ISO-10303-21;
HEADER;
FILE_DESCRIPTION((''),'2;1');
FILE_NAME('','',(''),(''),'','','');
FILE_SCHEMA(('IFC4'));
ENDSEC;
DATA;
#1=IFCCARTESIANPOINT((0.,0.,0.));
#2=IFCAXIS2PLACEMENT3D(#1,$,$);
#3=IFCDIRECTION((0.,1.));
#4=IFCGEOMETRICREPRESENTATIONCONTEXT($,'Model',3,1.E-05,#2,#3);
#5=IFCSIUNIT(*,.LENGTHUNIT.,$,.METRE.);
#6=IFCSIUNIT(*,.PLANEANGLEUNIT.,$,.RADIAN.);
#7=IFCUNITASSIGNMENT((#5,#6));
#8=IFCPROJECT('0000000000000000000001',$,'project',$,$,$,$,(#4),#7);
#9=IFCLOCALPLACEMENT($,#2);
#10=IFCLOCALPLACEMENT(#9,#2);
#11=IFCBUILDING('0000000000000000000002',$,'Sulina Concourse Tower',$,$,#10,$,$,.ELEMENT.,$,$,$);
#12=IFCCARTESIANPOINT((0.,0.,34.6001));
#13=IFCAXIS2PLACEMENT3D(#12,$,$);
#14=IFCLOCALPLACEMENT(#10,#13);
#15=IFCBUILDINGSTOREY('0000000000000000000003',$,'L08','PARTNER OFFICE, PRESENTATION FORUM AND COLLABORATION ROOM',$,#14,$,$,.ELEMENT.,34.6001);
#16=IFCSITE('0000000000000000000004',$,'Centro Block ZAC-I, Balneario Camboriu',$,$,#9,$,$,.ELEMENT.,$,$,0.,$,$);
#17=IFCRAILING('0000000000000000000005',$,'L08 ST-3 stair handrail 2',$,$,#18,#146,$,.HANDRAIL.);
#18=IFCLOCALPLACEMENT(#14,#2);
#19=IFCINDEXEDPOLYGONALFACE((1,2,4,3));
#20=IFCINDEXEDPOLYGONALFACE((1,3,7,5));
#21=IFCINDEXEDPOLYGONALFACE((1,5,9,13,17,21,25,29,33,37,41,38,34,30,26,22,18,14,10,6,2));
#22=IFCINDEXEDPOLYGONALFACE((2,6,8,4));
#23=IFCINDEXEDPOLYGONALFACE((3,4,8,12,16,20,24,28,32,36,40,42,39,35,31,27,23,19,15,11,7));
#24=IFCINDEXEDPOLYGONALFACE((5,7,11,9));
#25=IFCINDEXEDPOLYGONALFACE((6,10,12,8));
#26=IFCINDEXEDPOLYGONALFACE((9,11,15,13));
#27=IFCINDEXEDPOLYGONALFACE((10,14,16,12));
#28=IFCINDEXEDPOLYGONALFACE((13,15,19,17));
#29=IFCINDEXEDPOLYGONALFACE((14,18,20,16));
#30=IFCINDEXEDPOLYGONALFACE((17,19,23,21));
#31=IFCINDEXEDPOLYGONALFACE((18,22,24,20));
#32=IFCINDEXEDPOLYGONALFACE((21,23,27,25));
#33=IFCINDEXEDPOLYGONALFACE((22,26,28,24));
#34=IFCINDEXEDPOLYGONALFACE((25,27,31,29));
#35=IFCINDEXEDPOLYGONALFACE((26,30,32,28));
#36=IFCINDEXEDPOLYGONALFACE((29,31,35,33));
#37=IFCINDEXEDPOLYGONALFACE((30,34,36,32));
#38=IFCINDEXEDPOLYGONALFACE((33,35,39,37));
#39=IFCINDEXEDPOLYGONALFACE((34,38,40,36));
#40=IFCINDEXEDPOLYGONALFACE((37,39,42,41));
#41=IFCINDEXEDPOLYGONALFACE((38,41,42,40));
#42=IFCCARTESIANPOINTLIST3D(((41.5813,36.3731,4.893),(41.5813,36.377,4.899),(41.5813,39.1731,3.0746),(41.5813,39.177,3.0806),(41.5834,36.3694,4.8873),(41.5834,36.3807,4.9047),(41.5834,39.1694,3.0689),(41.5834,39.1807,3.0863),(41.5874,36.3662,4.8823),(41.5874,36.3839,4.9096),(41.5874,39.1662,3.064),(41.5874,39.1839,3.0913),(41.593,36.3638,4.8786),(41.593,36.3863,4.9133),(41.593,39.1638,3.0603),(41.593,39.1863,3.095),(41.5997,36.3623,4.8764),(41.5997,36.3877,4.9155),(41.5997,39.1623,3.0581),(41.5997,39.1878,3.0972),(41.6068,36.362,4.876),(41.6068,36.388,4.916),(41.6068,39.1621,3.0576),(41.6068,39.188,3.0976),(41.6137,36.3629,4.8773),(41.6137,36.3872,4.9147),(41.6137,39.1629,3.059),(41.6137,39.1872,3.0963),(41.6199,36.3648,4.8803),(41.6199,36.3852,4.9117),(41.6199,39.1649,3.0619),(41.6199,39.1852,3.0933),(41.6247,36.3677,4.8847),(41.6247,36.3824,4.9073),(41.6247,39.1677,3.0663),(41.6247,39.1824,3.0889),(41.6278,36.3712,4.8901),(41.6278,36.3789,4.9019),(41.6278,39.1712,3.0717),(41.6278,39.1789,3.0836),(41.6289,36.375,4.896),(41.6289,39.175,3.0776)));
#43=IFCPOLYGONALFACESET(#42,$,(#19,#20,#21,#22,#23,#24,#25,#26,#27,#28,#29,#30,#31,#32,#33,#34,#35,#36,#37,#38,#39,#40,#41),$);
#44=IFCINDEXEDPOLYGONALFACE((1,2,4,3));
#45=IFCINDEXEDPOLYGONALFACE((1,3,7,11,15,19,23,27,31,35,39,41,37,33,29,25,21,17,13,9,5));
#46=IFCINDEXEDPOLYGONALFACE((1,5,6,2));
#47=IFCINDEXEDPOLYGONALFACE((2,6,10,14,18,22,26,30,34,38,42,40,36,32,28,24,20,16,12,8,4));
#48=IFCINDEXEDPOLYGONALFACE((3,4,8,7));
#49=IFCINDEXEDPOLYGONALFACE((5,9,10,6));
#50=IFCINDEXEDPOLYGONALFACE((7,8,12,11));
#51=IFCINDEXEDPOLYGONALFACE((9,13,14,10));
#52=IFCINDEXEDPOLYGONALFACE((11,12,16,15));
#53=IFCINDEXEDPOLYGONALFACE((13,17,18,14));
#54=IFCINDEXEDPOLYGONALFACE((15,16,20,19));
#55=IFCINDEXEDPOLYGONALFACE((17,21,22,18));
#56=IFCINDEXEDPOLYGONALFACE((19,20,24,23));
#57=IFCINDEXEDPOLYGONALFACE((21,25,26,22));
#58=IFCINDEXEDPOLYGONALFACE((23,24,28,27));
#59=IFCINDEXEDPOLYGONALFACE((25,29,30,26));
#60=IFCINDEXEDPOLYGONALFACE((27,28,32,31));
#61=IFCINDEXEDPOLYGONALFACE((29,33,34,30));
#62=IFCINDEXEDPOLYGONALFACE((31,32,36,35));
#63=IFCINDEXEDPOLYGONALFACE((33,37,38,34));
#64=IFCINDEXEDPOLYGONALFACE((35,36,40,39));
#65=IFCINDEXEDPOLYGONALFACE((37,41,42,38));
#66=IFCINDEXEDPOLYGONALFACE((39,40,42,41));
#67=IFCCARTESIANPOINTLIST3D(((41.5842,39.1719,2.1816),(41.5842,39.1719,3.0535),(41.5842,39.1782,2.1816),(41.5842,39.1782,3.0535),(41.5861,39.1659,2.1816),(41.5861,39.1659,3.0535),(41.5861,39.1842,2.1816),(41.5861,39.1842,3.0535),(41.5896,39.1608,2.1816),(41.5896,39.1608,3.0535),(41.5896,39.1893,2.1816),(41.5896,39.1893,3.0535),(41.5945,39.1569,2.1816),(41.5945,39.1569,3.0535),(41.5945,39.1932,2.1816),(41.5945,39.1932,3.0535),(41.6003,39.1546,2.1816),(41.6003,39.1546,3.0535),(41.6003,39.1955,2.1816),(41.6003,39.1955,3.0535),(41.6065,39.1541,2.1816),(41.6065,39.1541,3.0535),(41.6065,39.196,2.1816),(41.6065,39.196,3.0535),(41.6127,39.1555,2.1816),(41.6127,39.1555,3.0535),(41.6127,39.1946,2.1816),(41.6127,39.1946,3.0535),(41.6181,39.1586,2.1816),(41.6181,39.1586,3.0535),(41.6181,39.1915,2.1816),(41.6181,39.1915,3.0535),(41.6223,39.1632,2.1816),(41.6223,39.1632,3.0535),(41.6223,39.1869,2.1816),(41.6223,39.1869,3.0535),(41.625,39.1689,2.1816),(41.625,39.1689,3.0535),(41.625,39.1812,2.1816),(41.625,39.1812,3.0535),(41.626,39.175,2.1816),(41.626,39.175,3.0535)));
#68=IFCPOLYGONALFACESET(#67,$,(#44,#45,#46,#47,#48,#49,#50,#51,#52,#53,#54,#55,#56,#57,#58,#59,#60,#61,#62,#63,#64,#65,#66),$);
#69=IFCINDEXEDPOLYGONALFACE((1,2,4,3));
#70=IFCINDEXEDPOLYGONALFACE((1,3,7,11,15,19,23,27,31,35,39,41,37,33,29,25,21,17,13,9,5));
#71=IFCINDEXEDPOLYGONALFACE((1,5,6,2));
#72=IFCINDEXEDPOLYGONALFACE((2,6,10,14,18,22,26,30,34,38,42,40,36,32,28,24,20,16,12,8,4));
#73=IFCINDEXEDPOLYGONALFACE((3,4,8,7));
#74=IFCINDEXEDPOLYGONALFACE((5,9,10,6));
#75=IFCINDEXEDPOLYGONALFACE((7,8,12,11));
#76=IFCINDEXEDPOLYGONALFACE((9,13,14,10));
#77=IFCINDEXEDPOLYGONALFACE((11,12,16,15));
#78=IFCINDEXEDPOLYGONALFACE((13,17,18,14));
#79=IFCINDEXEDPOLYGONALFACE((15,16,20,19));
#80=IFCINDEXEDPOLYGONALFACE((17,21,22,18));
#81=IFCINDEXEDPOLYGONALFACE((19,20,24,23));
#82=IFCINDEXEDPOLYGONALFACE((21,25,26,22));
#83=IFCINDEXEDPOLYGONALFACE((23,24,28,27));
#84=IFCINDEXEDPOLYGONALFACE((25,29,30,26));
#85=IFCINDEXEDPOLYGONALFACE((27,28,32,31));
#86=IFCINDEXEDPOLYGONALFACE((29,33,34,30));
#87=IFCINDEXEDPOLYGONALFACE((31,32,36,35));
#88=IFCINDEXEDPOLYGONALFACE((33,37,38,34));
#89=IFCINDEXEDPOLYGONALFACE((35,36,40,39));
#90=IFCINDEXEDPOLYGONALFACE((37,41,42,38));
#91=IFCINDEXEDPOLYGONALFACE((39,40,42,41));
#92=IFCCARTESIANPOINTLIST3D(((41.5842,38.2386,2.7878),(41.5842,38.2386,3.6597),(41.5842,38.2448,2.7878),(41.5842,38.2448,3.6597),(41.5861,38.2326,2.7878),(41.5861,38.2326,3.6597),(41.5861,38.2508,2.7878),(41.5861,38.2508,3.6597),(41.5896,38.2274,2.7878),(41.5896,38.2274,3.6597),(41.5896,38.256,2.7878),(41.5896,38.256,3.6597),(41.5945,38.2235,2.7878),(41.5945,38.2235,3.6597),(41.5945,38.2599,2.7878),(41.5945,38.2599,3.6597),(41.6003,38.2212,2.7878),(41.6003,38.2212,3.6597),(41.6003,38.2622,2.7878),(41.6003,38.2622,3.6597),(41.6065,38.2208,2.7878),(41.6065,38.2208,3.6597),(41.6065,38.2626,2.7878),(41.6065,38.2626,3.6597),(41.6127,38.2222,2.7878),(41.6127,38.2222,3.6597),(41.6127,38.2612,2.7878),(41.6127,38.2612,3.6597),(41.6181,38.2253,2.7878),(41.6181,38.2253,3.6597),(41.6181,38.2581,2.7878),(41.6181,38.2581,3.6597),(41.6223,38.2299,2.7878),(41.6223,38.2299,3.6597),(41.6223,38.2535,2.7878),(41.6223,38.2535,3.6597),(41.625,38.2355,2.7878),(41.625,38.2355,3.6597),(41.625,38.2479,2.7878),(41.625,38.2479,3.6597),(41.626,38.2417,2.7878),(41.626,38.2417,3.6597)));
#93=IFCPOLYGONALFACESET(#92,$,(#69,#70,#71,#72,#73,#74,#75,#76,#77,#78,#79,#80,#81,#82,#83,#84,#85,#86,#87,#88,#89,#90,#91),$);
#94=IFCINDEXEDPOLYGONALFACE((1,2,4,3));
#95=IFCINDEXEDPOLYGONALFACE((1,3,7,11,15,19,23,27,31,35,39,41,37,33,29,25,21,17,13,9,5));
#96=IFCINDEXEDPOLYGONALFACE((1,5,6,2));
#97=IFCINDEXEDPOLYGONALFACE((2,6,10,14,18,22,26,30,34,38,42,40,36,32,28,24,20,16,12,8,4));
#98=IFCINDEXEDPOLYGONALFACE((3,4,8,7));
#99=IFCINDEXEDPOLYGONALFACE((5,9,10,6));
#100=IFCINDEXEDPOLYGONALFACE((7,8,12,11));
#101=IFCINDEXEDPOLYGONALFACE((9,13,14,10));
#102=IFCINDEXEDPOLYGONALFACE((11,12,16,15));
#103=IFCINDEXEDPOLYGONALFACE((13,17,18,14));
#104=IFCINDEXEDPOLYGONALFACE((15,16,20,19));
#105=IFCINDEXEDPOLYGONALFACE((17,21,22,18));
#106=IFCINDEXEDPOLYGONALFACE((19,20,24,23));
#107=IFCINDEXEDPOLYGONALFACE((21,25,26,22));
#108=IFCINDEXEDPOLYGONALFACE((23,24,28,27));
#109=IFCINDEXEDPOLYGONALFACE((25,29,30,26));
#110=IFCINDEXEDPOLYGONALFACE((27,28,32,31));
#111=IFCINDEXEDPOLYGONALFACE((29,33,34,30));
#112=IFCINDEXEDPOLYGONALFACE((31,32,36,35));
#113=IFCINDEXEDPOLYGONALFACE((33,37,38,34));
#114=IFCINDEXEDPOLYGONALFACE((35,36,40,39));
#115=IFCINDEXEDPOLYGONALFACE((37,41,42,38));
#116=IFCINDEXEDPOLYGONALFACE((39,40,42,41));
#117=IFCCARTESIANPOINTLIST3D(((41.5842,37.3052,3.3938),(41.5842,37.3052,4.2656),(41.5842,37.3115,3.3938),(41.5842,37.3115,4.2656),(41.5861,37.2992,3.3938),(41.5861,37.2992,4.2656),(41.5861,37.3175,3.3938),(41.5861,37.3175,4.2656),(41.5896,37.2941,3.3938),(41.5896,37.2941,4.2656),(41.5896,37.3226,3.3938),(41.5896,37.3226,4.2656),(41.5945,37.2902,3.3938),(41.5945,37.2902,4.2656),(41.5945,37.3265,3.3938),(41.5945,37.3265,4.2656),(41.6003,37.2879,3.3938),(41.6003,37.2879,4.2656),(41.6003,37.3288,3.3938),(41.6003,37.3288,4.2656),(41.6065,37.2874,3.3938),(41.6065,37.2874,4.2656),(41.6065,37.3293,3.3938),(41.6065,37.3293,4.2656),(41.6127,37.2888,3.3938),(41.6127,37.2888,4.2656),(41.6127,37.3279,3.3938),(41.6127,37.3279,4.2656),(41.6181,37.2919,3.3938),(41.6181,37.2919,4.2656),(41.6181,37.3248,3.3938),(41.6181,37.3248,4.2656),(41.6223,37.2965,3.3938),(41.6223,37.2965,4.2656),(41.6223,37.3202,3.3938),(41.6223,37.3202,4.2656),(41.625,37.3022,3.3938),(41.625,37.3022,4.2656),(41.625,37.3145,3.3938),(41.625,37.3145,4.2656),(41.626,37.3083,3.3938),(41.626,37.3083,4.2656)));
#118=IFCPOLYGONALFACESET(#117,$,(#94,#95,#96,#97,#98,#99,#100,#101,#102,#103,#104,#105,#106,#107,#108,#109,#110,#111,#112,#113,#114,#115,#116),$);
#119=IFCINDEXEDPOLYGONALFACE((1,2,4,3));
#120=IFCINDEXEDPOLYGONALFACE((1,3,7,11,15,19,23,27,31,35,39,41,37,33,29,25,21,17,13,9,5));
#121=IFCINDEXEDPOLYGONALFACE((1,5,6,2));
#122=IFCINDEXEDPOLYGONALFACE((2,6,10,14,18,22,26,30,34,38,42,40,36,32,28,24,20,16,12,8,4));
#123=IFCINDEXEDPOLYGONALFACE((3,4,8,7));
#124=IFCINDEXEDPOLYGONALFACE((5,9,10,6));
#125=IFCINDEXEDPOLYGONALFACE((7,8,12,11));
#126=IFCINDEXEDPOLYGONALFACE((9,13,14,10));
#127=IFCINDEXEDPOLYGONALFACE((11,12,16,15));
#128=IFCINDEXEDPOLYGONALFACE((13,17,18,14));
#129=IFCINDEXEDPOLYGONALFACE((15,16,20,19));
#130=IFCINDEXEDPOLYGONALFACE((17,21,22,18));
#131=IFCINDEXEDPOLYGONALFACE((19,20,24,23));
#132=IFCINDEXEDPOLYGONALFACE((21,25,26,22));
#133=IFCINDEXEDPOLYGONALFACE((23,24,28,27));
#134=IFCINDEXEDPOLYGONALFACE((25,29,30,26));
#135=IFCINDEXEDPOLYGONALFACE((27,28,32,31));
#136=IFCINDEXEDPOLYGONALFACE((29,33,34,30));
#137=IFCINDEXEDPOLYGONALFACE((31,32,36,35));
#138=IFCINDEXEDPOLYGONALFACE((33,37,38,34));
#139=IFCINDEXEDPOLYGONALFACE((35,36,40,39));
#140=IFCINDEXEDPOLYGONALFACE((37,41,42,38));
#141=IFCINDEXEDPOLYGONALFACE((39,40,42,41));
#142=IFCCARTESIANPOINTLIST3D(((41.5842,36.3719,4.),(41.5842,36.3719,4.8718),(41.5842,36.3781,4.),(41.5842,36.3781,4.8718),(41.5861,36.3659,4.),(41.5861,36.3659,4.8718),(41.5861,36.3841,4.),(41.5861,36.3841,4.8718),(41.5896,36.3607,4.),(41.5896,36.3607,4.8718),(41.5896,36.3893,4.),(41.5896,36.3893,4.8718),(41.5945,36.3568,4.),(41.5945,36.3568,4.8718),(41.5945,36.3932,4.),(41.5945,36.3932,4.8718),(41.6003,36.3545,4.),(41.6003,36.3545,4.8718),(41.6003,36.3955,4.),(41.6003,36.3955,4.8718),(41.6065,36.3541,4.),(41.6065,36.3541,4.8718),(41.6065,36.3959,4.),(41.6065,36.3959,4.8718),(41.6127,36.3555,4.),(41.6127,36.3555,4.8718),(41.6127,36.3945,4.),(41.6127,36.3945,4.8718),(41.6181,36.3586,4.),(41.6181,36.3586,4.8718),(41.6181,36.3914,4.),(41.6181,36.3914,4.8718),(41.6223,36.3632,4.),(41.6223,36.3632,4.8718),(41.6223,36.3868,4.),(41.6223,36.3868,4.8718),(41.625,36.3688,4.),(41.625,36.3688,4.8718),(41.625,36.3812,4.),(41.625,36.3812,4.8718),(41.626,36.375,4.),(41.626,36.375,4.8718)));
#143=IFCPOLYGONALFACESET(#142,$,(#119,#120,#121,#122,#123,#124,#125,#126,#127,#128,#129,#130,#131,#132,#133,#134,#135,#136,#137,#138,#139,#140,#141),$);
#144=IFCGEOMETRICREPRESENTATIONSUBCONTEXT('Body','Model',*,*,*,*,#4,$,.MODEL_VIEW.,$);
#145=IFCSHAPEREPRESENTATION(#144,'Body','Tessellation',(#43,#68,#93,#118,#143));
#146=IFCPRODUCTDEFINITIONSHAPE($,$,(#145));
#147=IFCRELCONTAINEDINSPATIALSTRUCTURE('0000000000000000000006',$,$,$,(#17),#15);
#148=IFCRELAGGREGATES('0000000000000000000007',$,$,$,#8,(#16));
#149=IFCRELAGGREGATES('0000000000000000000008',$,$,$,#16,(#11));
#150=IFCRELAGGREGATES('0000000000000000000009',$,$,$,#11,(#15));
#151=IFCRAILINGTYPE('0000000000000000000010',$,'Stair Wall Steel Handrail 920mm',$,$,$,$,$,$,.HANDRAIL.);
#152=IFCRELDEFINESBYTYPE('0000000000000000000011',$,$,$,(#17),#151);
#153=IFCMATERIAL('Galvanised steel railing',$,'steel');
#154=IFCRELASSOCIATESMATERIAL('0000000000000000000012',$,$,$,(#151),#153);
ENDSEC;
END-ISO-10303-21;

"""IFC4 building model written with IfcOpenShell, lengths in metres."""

from ifc_helpers import new_model, si_unit, direction, frame, origin, origin_2d, place, context, subcontext, project, spatial, circle, extrude, material, type_object, element, save


model = new_model("IFC4")

# Units and contexts
model_context = context("Model", 3, precision=1e-05, world=origin(), true_north=direction((0.0, 1.0)))
body_context = subcontext(model_context, "Body", "Model", "MODEL_VIEW")
ifc_project = project(units=[si_unit("LENGTHUNIT", "METRE"), si_unit("PLANEANGLEUNIT", "RADIAN")], contexts=[model_context])

# Site, building, storey
site_placement = place(None, origin())
site = spatial("IfcSite", under=ifc_project, at=site_placement, Name="Centro Block ZAC-I, Balneario Camboriu", CompositionType="ELEMENT", RefElevation=0.0)
building_placement = place(site_placement, origin())
building = spatial("IfcBuilding", under=site, at=building_placement, Name="Sulina Concourse Tower", CompositionType="ELEMENT")
storey_placement = place(building_placement, frame((0.0, 0.0, 34.6001)))
storey = spatial("IfcBuildingStorey", under=building, at=storey_placement, Name="L08", Description="PARTNER OFFICE, PRESENTATION FORUM AND COLLABORATION ROOM", CompositionType="ELEMENT", Elevation=34.6001)

# Railing
ifc_material_1 = material(Name="Galvanised steel railing", Category="steel")
railing_type_1 = type_object("IfcRailingType", Name="Stair Wall Steel Handrail 920mm", PredefinedType="HANDRAIL", material=ifc_material_1)
railing_1_placement = place(storey_placement, frame((41.605, 39.175, 2.1816)))
element("IfcRailing", 1, at=railing_1_placement, inside=storey, type_object=railing_type_1, Name="L08 ST-3 stair handrail 2", PredefinedType="HANDRAIL", context=body_context, shape_type="SweptSolid", body=[
    extrude(circle(Radius=0.0239, at=origin_2d()), frame((0.0, 0.0, 0.896), z_axis=(0.0, -0.838672, 0.544636), x_axis=(1.0, 0.0, 0.0)), (0.0, 0.0, 1.0), 3.3386),
    extrude(circle(Radius=0.021, at=origin_2d()), origin(), (0.0, 0.0, 1.0), 0.8718),
    extrude(circle(Radius=0.021, at=origin_2d()), frame((0.0, -0.9333, 0.6062)), (0.0, 0.0, 1.0), 0.8718),
    extrude(circle(Radius=0.021, at=origin_2d()), frame((0.0, -1.8667, 1.2122)), (0.0, 0.0, 1.0), 0.8718),
    extrude(circle(Radius=0.021, at=origin_2d()), frame((0.0, -2.8, 1.8184)), (0.0, 0.0, 1.0), 0.8718),
])

save(model, "model.ifc")
